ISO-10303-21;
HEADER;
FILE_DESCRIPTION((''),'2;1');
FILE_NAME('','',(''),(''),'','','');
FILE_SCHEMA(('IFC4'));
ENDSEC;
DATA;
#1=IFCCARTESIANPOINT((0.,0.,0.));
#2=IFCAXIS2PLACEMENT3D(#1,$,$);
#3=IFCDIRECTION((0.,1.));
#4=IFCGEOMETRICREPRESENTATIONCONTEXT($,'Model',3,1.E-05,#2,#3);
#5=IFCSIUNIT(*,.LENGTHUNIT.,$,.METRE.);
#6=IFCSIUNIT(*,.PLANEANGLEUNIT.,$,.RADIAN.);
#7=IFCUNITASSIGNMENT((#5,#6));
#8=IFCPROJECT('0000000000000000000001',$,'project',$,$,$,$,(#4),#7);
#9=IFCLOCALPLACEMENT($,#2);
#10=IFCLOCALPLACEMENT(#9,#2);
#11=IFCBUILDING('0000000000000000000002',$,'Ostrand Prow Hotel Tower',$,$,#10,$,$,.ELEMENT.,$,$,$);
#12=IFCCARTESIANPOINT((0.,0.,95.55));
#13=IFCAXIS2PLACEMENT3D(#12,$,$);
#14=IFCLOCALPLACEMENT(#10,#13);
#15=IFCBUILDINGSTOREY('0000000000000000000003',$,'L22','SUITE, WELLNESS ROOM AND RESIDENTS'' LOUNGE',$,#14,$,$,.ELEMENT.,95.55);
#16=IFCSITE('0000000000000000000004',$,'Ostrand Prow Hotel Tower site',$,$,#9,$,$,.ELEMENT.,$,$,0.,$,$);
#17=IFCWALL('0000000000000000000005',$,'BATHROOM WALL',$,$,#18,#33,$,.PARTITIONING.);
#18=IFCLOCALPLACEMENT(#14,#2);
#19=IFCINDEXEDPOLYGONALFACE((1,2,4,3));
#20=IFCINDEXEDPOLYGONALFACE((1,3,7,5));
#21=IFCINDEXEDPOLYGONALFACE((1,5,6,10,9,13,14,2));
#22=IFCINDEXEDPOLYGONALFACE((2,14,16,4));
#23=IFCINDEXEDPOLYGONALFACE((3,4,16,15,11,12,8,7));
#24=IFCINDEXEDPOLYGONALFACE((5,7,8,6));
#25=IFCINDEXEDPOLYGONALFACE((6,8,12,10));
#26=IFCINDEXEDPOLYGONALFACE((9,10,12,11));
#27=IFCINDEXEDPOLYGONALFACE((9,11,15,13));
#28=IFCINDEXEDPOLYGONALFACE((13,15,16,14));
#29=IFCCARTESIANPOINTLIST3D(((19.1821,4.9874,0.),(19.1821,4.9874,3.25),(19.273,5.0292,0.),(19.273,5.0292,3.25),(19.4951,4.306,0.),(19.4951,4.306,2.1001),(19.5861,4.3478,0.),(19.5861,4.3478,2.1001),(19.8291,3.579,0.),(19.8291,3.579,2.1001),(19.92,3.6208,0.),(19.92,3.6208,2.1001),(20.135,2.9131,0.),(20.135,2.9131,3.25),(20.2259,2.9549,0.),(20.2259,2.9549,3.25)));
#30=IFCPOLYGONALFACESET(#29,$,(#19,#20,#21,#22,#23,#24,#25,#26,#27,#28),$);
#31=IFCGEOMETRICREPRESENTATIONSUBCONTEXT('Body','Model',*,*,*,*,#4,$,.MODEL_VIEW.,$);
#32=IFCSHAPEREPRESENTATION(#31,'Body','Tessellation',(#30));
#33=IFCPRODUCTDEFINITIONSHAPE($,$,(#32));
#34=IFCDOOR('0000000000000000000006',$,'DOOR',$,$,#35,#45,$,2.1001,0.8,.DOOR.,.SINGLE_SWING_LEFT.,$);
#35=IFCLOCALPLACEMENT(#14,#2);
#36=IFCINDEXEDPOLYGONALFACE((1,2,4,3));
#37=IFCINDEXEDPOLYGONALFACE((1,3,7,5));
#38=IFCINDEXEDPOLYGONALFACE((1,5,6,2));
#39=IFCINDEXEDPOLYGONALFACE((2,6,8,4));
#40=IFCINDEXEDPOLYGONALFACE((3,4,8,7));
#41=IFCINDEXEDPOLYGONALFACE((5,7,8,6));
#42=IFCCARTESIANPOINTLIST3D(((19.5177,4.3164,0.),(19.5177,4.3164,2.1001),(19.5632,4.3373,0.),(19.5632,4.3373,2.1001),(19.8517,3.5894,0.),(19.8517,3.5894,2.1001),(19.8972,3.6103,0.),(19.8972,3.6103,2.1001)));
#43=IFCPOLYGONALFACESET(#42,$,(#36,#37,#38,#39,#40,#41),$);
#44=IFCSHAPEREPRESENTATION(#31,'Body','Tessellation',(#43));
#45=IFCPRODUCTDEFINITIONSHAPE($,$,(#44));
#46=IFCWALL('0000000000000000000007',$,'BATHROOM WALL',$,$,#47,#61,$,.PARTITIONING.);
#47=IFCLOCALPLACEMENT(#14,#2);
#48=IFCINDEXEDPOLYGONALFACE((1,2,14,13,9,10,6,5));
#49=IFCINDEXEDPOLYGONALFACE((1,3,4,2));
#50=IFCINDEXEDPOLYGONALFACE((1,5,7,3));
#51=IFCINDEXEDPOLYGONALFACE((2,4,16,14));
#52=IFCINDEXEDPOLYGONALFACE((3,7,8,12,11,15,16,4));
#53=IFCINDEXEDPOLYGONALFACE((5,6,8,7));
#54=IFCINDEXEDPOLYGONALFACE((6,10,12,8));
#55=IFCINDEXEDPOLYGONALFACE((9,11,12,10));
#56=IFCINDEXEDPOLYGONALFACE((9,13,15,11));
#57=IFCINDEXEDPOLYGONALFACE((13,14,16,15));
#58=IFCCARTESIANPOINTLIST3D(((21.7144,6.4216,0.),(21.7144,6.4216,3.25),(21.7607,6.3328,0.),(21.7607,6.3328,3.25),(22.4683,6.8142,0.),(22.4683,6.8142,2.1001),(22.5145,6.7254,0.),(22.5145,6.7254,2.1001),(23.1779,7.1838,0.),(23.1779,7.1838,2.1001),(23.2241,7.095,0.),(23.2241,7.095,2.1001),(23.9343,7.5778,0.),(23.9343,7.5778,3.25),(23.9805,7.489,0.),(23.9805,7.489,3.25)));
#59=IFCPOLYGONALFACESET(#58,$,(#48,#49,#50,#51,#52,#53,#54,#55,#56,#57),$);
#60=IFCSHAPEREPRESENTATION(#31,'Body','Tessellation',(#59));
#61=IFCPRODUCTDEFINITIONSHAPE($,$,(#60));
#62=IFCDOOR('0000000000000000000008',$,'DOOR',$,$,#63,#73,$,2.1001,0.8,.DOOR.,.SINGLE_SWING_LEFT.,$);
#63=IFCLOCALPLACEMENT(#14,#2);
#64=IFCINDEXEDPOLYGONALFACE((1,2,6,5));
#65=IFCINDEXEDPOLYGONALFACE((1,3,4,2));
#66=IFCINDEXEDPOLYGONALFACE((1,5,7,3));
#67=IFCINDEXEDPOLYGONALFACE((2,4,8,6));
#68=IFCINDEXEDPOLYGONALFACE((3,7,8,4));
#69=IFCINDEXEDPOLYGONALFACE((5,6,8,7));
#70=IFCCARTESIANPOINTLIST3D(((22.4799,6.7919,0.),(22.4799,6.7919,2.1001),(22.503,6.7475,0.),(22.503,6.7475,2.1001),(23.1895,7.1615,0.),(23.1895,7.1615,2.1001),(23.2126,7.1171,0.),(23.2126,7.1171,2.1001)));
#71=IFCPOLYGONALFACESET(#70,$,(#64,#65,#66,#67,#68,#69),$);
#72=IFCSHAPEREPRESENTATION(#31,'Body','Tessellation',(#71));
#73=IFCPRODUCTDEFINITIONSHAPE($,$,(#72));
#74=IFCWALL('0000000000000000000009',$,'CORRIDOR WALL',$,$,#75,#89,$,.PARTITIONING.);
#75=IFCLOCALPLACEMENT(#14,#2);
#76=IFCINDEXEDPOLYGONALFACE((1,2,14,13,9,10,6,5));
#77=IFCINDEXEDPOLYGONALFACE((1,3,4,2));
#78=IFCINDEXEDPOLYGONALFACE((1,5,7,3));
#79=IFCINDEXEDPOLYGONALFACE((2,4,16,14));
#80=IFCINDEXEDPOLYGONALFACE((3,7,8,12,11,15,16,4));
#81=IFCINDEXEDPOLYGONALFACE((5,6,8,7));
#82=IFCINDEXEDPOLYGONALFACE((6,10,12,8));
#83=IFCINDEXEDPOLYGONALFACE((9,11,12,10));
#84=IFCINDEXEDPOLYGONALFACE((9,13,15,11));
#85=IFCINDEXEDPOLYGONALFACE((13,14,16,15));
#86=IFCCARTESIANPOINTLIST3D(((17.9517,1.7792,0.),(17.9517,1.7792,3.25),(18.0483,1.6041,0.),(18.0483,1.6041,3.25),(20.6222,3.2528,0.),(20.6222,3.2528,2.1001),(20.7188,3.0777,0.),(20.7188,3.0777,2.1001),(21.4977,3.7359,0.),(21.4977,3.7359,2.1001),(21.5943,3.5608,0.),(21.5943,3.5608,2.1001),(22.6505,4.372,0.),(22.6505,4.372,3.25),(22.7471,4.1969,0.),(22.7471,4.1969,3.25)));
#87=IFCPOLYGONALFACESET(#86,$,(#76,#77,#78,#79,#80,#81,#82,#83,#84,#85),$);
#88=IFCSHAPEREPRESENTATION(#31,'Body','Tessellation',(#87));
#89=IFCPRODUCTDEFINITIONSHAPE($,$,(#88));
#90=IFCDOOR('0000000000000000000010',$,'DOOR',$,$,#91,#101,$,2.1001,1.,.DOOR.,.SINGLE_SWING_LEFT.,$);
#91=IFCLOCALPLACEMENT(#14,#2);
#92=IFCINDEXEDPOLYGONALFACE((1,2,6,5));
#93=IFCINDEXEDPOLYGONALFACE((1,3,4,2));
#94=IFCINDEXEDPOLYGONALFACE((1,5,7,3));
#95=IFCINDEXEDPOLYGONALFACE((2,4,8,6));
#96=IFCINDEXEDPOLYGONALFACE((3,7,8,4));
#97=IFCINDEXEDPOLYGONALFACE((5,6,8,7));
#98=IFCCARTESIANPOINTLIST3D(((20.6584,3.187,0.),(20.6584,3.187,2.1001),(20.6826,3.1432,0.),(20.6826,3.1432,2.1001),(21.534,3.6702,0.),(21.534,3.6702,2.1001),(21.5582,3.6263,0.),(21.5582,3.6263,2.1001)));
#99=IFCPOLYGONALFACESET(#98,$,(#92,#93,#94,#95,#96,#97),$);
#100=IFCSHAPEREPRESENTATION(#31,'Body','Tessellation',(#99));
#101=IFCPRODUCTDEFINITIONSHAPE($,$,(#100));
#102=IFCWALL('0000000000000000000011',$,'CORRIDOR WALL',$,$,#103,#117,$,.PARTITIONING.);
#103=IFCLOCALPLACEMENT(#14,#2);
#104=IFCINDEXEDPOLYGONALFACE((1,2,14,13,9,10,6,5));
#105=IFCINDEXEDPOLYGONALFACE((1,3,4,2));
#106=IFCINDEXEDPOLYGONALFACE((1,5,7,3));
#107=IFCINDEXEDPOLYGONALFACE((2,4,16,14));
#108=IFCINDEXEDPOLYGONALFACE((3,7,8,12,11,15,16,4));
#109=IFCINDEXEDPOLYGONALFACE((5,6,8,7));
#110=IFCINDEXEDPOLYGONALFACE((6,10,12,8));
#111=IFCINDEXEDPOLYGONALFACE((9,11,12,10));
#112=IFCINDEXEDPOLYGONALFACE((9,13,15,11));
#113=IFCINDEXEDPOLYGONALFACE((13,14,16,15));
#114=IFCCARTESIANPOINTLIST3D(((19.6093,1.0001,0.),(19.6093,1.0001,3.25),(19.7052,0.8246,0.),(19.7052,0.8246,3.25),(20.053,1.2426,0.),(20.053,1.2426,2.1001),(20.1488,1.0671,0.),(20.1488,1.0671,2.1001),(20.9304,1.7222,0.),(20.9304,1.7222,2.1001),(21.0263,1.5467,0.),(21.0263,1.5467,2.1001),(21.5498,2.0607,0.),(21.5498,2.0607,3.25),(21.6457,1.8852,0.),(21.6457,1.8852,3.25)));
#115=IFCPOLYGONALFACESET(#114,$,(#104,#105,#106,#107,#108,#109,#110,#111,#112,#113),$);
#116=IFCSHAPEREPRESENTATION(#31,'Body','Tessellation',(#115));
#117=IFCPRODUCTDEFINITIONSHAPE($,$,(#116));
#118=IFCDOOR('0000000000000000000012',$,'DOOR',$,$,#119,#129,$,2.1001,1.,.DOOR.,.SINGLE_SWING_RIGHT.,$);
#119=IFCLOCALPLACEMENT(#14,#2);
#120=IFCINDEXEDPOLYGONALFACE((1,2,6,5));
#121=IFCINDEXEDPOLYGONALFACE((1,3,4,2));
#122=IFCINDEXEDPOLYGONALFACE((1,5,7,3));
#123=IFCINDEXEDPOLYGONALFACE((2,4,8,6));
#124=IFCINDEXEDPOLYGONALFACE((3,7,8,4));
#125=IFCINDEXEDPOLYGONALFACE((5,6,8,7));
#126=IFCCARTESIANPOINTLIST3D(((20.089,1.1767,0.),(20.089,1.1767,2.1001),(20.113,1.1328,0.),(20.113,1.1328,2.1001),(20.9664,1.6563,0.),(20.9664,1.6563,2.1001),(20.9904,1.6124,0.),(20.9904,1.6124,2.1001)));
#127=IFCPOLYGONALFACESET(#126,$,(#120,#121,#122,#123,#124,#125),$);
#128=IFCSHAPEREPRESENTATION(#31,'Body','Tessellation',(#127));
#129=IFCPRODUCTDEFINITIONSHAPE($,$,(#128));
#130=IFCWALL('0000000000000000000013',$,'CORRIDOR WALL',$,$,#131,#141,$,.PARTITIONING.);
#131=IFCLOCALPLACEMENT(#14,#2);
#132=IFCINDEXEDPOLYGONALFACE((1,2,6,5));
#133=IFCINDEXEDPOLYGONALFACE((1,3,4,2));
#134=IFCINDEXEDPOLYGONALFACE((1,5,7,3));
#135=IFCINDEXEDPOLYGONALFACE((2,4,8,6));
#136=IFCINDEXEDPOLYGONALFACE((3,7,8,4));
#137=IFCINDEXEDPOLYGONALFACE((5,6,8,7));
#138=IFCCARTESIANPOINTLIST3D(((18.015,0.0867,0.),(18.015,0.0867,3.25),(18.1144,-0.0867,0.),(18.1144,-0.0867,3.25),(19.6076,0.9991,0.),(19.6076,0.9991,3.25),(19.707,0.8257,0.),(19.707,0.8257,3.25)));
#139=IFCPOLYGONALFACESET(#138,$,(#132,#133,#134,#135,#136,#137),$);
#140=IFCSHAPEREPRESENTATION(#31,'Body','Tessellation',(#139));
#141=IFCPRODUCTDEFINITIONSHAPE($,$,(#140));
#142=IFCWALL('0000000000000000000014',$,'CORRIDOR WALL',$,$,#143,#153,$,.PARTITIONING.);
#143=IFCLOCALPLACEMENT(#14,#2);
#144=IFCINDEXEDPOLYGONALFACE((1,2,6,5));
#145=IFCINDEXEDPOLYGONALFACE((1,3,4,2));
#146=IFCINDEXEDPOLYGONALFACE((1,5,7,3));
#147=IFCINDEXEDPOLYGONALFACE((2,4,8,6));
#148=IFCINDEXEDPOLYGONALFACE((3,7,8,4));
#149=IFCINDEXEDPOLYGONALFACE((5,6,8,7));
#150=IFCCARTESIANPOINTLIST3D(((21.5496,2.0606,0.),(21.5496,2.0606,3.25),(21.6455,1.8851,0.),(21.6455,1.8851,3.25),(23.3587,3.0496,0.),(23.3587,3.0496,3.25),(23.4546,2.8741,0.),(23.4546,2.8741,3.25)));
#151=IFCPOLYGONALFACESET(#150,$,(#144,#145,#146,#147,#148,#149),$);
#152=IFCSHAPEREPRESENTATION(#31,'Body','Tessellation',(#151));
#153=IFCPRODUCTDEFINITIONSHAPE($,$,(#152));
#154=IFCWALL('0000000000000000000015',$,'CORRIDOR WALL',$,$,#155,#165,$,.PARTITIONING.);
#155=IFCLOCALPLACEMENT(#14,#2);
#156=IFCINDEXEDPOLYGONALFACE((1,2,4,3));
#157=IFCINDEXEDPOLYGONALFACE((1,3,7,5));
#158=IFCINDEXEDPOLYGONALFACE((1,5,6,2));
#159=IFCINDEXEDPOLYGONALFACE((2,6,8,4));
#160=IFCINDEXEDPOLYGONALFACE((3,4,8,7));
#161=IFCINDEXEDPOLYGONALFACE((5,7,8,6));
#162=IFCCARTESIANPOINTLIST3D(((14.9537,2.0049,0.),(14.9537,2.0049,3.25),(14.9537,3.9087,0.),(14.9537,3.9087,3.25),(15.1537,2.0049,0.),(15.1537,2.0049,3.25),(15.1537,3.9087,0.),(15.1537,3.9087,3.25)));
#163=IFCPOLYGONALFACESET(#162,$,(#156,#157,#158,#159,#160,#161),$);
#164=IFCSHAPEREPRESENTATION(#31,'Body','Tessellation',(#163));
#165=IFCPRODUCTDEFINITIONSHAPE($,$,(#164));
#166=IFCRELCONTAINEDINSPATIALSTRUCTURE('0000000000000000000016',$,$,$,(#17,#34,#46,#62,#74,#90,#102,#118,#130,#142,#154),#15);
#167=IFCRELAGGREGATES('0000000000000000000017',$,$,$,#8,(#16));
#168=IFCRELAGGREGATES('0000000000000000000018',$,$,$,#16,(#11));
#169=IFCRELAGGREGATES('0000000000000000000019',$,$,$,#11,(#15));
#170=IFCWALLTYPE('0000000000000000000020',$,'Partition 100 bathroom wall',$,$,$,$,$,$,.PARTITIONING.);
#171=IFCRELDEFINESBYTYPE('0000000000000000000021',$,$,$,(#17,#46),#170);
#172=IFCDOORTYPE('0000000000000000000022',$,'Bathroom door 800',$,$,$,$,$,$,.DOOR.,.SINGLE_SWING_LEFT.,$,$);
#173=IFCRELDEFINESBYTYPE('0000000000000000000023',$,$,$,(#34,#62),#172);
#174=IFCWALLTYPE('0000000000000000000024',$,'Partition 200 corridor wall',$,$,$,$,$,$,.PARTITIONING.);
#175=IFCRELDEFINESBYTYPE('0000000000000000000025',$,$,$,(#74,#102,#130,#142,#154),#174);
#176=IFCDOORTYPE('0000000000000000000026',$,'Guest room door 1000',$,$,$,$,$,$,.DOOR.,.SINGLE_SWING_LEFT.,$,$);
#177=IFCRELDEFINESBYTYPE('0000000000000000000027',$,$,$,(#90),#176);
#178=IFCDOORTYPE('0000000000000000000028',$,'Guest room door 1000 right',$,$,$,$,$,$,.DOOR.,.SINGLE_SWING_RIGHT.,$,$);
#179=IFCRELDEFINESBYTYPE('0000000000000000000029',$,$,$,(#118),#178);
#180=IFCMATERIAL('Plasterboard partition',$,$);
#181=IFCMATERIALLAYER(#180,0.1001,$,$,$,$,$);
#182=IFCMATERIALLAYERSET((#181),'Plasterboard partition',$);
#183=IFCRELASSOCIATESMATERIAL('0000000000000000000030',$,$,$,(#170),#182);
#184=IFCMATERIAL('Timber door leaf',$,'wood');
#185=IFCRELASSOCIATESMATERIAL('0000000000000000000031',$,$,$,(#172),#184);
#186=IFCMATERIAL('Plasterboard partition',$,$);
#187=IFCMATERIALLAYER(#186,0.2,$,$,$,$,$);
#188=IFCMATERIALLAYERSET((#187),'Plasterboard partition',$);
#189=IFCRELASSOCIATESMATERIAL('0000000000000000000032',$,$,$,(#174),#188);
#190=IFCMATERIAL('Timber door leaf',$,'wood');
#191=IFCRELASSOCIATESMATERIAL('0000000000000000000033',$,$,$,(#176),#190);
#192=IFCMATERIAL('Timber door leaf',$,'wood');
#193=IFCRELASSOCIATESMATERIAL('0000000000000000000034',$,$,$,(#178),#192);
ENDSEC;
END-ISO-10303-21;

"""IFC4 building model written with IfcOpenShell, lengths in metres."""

from ifc_helpers import new_model, si_unit, direction, frame, frame_2d, origin, place, context, subcontext, project, spatial, rectangle, extrude, material, layer, layer_set, type_object, element, fill, save


model = new_model("IFC4")

# Units and contexts
model_context = context("Model", 3, precision=1e-05, world=origin(), true_north=direction((0.0, 1.0)))
body_context = subcontext(model_context, "Body", "Model", "MODEL_VIEW")
ifc_project = project(units=[si_unit("LENGTHUNIT", "METRE"), si_unit("PLANEANGLEUNIT", "RADIAN")], contexts=[model_context])

# Site, building, storey
site_placement = place(None, origin())
site = spatial("IfcSite", under=ifc_project, at=site_placement, Name="Ostrand Prow Hotel Tower site", CompositionType="ELEMENT", RefElevation=0.0)
building_placement = place(site_placement, origin())
building = spatial("IfcBuilding", under=site, at=building_placement, Name="Ostrand Prow Hotel Tower", CompositionType="ELEMENT")
storey_placement = place(building_placement, frame((0.0, 0.0, 95.55)))
storey = spatial("IfcBuildingStorey", under=building, at=storey_placement, Name="L22", Description="SUITE, WELLNESS ROOM AND RESIDENTS' LOUNGE", CompositionType="ELEMENT", Elevation=95.55)

# Shared definitions
ifc_material_1 = material(Name="Plasterboard partition")
ifc_layer_1 = layer(ifc_material_1, 0.1001)
ifc_layer_set_1 = layer_set([ifc_layer_1], Name="Plasterboard partition")
wall_type_1 = type_object("IfcWallType", Name="Partition 100 bathroom wall", PredefinedType="PARTITIONING", material=ifc_layer_set_1)

# Walls, openings, doors
wall_1_placement = place(storey_placement, frame((19.2275, 5.0083, 0.0), z_axis=(0.0, 0.0, 1.0), x_axis=(0.41745, -0.9087, 0.0)))
wall_1 = element("IfcWall", 1, at=wall_1_placement, inside=storey, type_object=wall_type_1, Name="BATHROOM WALL", PredefinedType="PARTITIONING", context=body_context, shape_type="SweptSolid", body=[
    extrude(rectangle(XDim=2.2827, YDim=0.1001, at=frame_2d((1.1414, 0.0))), origin(), (0.0, 0.0, 1.0), 3.25),
])
opening_1_placement = place(wall_1_placement, frame((0.75, 0.0, 0.0)))
opening_1 = element("IfcOpeningElement", 2, at=opening_1_placement, cuts=wall_1, PredefinedType="OPENING", context=body_context, shape_type="SweptSolid", body=[
    extrude(rectangle(XDim=0.8, YDim=2.1001, at=frame_2d((0.3999, 1.05))), frame((0.0, 0.0601, 0.0), z_axis=(0.0, -1.0, 0.0), x_axis=(1.0, 0.0, 0.0)), (0.0, 0.0, 1.0), 0.1201),
])
ifc_material_2 = material(Name="Timber door leaf", Category="wood")
door_type_1 = type_object("IfcDoorType", Name="Bathroom door 800", OperationType="SINGLE_SWING_LEFT", PredefinedType="DOOR", material=ifc_material_2)
door_1_placement = place(opening_1_placement, origin())
door_1 = element("IfcDoor", 3, at=door_1_placement, inside=storey, type_object=door_type_1, Name="DOOR", OperationType="SINGLE_SWING_LEFT", OverallHeight=2.1001, OverallWidth=0.8, PredefinedType="DOOR", context=body_context, shape_type="SweptSolid", body=[
    extrude(rectangle(XDim=0.8, YDim=2.1001, at=frame_2d((0.3999, 1.05))), frame((0.0, 0.0249, 0.0), z_axis=(0.0, -1.0, 0.0), x_axis=(1.0, 0.0, 0.0)), (0.0, 0.0, 1.0), 0.05),
])
fill(opening_1, door_1)
wall_2_placement = place(storey_placement, frame((21.7375, 6.3772, 0.0), z_axis=(0.0, 0.0, 1.0), x_axis=(0.886912, 0.461939, 0.0)))
wall_2 = element("IfcWall", 4, at=wall_2_placement, inside=storey, type_object=wall_type_1, Name="BATHROOM WALL", PredefinedType="PARTITIONING", context=body_context, shape_type="SweptSolid", body=[
    extrude(rectangle(XDim=2.5029, YDim=0.1001, at=frame_2d((1.2515, 0.0))), origin(), (0.0, 0.0, 1.0), 3.25),
])
opening_2_placement = place(wall_2_placement, frame((0.8501, 0.0, 0.0)))
opening_2 = element("IfcOpeningElement", 5, at=opening_2_placement, cuts=wall_2, PredefinedType="OPENING", context=body_context, shape_type="SweptSolid", body=[
    extrude(rectangle(XDim=0.8, YDim=2.1001, at=frame_2d((0.3999, 1.05))), frame((0.0, 0.0601, 0.0), z_axis=(0.0, -1.0, 0.0), x_axis=(1.0, 0.0, 0.0)), (0.0, 0.0, 1.0), 0.1201),
])
door_2_placement = place(opening_2_placement, origin())
door_2 = element("IfcDoor", 6, at=door_2_placement, inside=storey, type_object=door_type_1, Name="DOOR", OperationType="SINGLE_SWING_LEFT", OverallHeight=2.1001, OverallWidth=0.8, PredefinedType="DOOR", context=body_context, shape_type="SweptSolid", body=[
    extrude(rectangle(XDim=0.8, YDim=2.1001, at=frame_2d((0.3999, 1.05))), frame((0.0, 0.0249, 0.0), z_axis=(0.0, -1.0, 0.0), x_axis=(1.0, 0.0, 0.0)), (0.0, 0.0, 1.0), 0.05),
])
fill(opening_2, door_2)
ifc_material_3 = material(Name="Plasterboard partition")
ifc_layer_2 = layer(ifc_material_3, 0.2)
ifc_layer_set_2 = layer_set([ifc_layer_2], Name="Plasterboard partition")
wall_type_2 = type_object("IfcWallType", Name="Partition 200 corridor wall", PredefinedType="PARTITIONING", material=ifc_layer_set_2)
wall_3_placement = place(storey_placement, frame((18.0, 1.6917, 0.0), z_axis=(0.0, 0.0, 1.0), x_axis=(0.875548, 0.48313, 0.0)))
wall_3 = element("IfcWall", 7, at=wall_3_placement, inside=storey, type_object=wall_type_2, Name="CORRIDOR WALL", PredefinedType="PARTITIONING", context=body_context, shape_type="SweptSolid", body=[
    extrude(rectangle(XDim=5.3667, YDim=0.2, at=frame_2d((2.6833, 0.0))), origin(), (0.0, 0.0, 1.0), 3.25),
])
opening_3_placement = place(wall_3_placement, frame((3.05, 0.0, 0.0)))
opening_3 = element("IfcOpeningElement", 8, at=opening_3_placement, cuts=wall_3, PredefinedType="OPENING", context=body_context, shape_type="SweptSolid", body=[
    extrude(rectangle(XDim=1.0, YDim=2.1001, at=frame_2d((0.5, 1.05))), frame((0.0, 0.1099, 0.0), z_axis=(0.0, -1.0, 0.0), x_axis=(1.0, 0.0, 0.0)), (0.0, 0.0, 1.0), 0.22),
])
ifc_material_4 = material(Name="Timber door leaf", Category="wood")
door_type_2 = type_object("IfcDoorType", Name="Guest room door 1000", OperationType="SINGLE_SWING_LEFT", PredefinedType="DOOR", material=ifc_material_4)
door_3_placement = place(opening_3_placement, origin())
door_3 = element("IfcDoor", 9, at=door_3_placement, inside=storey, type_object=door_type_2, Name="DOOR", OperationType="SINGLE_SWING_LEFT", OverallHeight=2.1001, OverallWidth=1.0, PredefinedType="DOOR", context=body_context, shape_type="SweptSolid", body=[
    extrude(rectangle(XDim=1.0, YDim=2.1001, at=frame_2d((0.5, 1.05))), frame((0.0, 0.0249, 0.0), z_axis=(0.0, -1.0, 0.0), x_axis=(1.0, 0.0, 0.0)), (0.0, 0.0, 1.0), 0.05),
])
fill(opening_3, door_3)
wall_4_placement = place(storey_placement, frame((19.6572, 0.9124, 0.0), z_axis=(0.0, 0.0, 1.0), x_axis=(0.87749, 0.479595, 0.0)))
wall_4 = element("IfcWall", 10, at=wall_4_placement, inside=storey, type_object=wall_type_2, Name="CORRIDOR WALL", PredefinedType="PARTITIONING", context=body_context, shape_type="SweptSolid", body=[
    extrude(rectangle(XDim=2.2114, YDim=0.2, at=frame_2d((1.1057, 0.0))), origin(), (0.0, 0.0, 1.0), 3.25),
])
opening_4_placement = place(wall_4_placement, frame((0.5056, 0.0, 0.0)))
opening_4 = element("IfcOpeningElement", 11, at=opening_4_placement, cuts=wall_4, PredefinedType="OPENING", context=body_context, shape_type="SweptSolid", body=[
    extrude(rectangle(XDim=1.0, YDim=2.1001, at=frame_2d((0.5, 1.05))), frame((0.0, 0.1099, 0.0), z_axis=(0.0, -1.0, 0.0), x_axis=(1.0, 0.0, 0.0)), (0.0, 0.0, 1.0), 0.22),
])
ifc_material_5 = material(Name="Timber door leaf", Category="wood")
door_type_3 = type_object("IfcDoorType", Name="Guest room door 1000 right", OperationType="SINGLE_SWING_RIGHT", PredefinedType="DOOR", material=ifc_material_5)
door_4_placement = place(opening_4_placement, origin())
door_4 = element("IfcDoor", 12, at=door_4_placement, inside=storey, type_object=door_type_3, Name="DOOR", OperationType="SINGLE_SWING_RIGHT", OverallHeight=2.1001, OverallWidth=1.0, PredefinedType="DOOR", context=body_context, shape_type="SweptSolid", body=[
    extrude(rectangle(XDim=1.0, YDim=2.1001, at=frame_2d((0.5, 1.05))), frame((0.0, 0.0249, 0.0), z_axis=(0.0, -1.0, 0.0), x_axis=(1.0, 0.0, 0.0)), (0.0, 0.0, 1.0), 0.05),
])
fill(opening_4, door_4)

# Walls
wall_5_placement = place(storey_placement, frame((18.0647, 0.0, 0.0), z_axis=(0.0, 0.0, 1.0), x_axis=(0.867694, 0.497098, 0.0)))
element("IfcWall", 13, at=wall_5_placement, inside=storey, type_object=wall_type_2, Name="CORRIDOR WALL", PredefinedType="PARTITIONING", context=body_context, shape_type="SweptSolid", body=[
    extrude(rectangle(XDim=1.8354, YDim=0.2, at=frame_2d((0.9177, 0.0))), origin(), (0.0, 0.0, 1.0), 3.25),
])
wall_6_placement = place(storey_placement, frame((21.5977, 1.9729, 0.0), z_axis=(0.0, 0.0, 1.0), x_axis=(0.877438, 0.47969, 0.0)))
element("IfcWall", 14, at=wall_6_placement, inside=storey, type_object=wall_type_2, Name="CORRIDOR WALL", PredefinedType="PARTITIONING", context=body_context, shape_type="SweptSolid", body=[
    extrude(rectangle(XDim=2.0618, YDim=0.2, at=frame_2d((1.0308, 0.0))), origin(), (0.0, 0.0, 1.0), 3.25),
])
wall_7_placement = place(storey_placement, frame((15.0537, 3.9087, 0.0), z_axis=(0.0, 0.0, 1.0), x_axis=(0.0, -1.0, 0.0)))
element("IfcWall", 15, at=wall_7_placement, inside=storey, type_object=wall_type_2, Name="CORRIDOR WALL", PredefinedType="PARTITIONING", context=body_context, shape_type="SweptSolid", body=[
    extrude(rectangle(XDim=1.9038, YDim=0.2, at=frame_2d((0.9519, 0.0))), origin(), (0.0, 0.0, 1.0), 3.25),
])

save(model, "model.ifc")
